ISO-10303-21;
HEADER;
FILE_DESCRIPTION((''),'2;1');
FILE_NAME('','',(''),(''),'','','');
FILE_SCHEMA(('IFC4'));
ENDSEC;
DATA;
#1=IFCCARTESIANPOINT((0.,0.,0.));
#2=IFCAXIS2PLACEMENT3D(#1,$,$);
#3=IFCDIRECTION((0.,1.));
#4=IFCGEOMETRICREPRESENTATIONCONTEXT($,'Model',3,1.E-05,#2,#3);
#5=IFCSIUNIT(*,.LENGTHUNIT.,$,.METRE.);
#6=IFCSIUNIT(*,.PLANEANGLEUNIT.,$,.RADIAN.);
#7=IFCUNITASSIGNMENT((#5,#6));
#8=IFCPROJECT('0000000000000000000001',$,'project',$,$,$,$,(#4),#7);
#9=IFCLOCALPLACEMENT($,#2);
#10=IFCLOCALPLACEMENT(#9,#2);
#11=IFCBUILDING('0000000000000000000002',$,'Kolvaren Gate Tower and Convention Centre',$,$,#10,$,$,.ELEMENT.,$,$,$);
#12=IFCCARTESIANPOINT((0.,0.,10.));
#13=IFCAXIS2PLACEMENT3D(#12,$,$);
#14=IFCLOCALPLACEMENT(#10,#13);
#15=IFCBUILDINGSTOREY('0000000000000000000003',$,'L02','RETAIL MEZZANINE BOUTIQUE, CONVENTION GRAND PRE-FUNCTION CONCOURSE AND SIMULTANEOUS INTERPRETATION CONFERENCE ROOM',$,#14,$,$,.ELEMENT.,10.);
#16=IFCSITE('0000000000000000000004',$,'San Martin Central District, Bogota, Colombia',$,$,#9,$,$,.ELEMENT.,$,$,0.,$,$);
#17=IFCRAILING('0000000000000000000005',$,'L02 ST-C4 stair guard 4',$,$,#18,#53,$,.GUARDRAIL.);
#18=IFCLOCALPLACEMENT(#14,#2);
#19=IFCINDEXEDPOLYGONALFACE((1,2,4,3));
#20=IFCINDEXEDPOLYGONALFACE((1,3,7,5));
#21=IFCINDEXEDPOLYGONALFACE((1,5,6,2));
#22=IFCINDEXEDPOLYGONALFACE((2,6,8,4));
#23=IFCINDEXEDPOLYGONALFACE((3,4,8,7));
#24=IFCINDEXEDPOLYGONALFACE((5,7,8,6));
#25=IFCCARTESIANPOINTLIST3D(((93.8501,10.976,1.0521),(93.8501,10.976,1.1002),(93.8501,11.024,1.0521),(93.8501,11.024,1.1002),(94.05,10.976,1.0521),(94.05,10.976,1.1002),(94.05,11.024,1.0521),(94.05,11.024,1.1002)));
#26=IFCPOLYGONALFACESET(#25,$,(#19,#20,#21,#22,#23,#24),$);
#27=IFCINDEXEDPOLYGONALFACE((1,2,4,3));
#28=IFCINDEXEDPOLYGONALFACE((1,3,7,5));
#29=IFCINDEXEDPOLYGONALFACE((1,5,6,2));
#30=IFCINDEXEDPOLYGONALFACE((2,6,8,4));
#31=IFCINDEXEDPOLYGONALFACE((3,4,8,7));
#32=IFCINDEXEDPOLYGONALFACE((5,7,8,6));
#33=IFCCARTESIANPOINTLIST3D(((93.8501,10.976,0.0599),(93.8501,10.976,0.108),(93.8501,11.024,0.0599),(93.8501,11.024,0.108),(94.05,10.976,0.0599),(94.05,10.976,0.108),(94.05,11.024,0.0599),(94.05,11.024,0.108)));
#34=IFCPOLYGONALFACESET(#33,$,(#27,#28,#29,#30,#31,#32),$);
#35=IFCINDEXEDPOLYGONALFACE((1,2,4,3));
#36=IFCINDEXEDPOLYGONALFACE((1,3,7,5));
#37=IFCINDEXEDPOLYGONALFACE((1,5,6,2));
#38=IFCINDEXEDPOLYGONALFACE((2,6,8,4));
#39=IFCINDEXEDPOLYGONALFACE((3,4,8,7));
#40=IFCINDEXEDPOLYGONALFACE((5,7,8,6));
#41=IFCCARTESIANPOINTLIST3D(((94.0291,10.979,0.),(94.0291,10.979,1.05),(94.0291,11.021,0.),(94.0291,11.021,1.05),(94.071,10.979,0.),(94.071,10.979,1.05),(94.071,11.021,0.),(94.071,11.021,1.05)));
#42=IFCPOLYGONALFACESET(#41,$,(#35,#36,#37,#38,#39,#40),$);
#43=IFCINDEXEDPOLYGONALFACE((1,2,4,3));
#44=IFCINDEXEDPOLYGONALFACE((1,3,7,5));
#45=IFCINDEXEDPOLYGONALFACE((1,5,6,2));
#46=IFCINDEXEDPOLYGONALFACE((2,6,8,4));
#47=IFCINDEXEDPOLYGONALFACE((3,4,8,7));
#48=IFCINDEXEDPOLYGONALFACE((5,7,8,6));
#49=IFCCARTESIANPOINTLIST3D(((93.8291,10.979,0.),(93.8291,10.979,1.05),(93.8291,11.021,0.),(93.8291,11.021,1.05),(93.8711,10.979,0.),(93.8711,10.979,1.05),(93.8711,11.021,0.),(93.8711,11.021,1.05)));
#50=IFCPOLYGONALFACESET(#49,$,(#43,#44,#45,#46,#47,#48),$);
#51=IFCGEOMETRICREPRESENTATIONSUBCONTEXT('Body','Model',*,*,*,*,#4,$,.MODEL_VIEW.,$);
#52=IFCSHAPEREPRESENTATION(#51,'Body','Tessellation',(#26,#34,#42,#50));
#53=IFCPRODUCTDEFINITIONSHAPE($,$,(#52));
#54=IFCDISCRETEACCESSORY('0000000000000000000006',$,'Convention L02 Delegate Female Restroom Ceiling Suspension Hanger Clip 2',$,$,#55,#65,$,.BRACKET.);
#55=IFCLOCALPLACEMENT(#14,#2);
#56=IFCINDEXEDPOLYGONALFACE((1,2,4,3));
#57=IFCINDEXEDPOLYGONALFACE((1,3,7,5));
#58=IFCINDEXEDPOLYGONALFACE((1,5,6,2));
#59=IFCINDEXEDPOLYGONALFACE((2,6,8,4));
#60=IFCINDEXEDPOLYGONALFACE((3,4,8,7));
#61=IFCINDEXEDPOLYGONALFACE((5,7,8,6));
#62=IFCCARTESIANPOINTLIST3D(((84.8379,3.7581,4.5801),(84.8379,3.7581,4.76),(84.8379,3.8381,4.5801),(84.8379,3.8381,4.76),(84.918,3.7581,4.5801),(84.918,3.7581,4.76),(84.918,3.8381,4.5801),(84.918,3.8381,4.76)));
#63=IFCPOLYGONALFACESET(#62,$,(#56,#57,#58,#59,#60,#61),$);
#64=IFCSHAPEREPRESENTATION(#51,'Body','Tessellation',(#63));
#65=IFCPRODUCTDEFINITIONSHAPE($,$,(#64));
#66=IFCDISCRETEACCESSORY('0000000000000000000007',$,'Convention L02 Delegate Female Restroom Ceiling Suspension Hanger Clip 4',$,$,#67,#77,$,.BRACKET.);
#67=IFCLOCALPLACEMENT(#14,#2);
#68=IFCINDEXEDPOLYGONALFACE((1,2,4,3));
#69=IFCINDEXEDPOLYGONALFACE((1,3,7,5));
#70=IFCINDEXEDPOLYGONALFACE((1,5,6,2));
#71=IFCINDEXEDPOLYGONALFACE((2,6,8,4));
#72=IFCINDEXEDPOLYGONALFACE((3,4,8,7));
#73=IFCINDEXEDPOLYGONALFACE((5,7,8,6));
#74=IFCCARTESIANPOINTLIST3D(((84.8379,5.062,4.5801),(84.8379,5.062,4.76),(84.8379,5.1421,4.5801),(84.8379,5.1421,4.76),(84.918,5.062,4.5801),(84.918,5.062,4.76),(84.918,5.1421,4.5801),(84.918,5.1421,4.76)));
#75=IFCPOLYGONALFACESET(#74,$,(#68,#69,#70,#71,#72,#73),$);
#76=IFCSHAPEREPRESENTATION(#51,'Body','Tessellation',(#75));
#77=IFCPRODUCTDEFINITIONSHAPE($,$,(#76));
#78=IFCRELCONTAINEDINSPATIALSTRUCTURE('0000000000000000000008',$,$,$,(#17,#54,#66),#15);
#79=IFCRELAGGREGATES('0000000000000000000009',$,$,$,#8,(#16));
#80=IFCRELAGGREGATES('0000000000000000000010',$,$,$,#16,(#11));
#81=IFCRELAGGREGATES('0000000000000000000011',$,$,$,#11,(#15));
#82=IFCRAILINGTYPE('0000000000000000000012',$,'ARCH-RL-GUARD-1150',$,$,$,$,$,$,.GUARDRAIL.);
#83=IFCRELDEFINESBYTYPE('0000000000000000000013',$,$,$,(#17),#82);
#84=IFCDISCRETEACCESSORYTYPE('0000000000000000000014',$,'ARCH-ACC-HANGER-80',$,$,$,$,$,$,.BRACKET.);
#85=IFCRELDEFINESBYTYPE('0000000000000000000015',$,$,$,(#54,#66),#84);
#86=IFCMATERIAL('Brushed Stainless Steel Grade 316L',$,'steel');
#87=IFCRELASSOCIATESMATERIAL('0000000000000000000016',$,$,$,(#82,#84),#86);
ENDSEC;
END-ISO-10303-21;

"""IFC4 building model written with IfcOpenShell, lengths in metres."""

from ifc_helpers import new_model, si_unit, direction, frame, origin, origin_2d, place, context, subcontext, project, spatial, rectangle, extrude, material, type_object, element, save


model = new_model("IFC4")

# Units and contexts
model_context = context("Model", 3, precision=1e-05, world=origin(), true_north=direction((0.0, 1.0)))
body_context = subcontext(model_context, "Body", "Model", "MODEL_VIEW")
ifc_project = project(units=[si_unit("LENGTHUNIT", "METRE"), si_unit("PLANEANGLEUNIT", "RADIAN")], contexts=[model_context])

# Site, building, storey
site_placement = place(None, origin())
site = spatial("IfcSite", under=ifc_project, at=site_placement, Name="San Martin Central District, Bogota, Colombia", CompositionType="ELEMENT", RefElevation=0.0)
building_placement = place(site_placement, origin())
building = spatial("IfcBuilding", under=site, at=building_placement, Name="Kolvaren Gate Tower and Convention Centre", CompositionType="ELEMENT")
storey_placement = place(building_placement, frame((0.0, 0.0, 10.0)))
storey = spatial("IfcBuildingStorey", under=building, at=storey_placement, Name="L02", Description="RETAIL MEZZANINE BOUTIQUE, CONVENTION GRAND PRE-FUNCTION CONCOURSE AND SIMULTANEOUS INTERPRETATION CONFERENCE ROOM", CompositionType="ELEMENT", Elevation=10.0)

# Railing
ifc_material_1 = material(Name="Brushed Stainless Steel Grade 316L", Category="steel")
railing_type = type_object("IfcRailingType", Name="ARCH-RL-GUARD-1150", PredefinedType="GUARDRAIL", material=ifc_material_1)
railing_placement = place(storey_placement, frame((94.05, 11.0, 0.0)))
element("IfcRailing", 1, at=railing_placement, inside=storey, type_object=railing_type, Name="L02 ST-C4 stair guard 4", PredefinedType="GUARDRAIL", context=body_context, shape_type="SweptSolid", body=[
    extrude(rectangle(XDim=0.0481, YDim=0.0481, at=origin_2d()), frame((0.0, 0.0, 1.0762), z_axis=(-1.0, 0.0, 0.0), x_axis=(0.0, -1.0, 0.0)), (0.0, 0.0, 1.0), 0.2),
    extrude(rectangle(XDim=0.0481, YDim=0.0481, at=origin_2d()), frame((0.0, 0.0, 0.084), z_axis=(-1.0, 0.0, 0.0), x_axis=(0.0, -1.0, 0.0)), (0.0, 0.0, 1.0), 0.2),
    extrude(rectangle(XDim=0.042, YDim=0.042, at=origin_2d()), origin(), (0.0, 0.0, 1.0), 1.05),
    extrude(rectangle(XDim=0.042, YDim=0.042, at=origin_2d()), frame((-0.2, 0.0, 0.0)), (0.0, 0.0, 1.0), 1.05),
])

# Discrete accessories
discrete_accessory_type = type_object("IfcDiscreteAccessoryType", Name="ARCH-ACC-HANGER-80", PredefinedType="BRACKET", material=ifc_material_1)
for number, where, z_axis, x_axis, name in (
    (2, (84.8779, 3.7981, 4.5801), (0.0, 0.0, 1.0), (1.0, 0.0, 0.0), "Convention L02 Delegate Female Restroom Ceiling Suspension Hanger Clip 2"),
    (3, (84.8779, 5.1021, 4.5801), (0.0, 0.0, 1.0), (1.0, 0.0, 0.0), "Convention L02 Delegate Female Restroom Ceiling Suspension Hanger Clip 4"),
):
    element("IfcDiscreteAccessory", number, at=place(storey_placement, frame(where, z_axis=z_axis, x_axis=x_axis)), inside=storey, type_object=discrete_accessory_type, Name=name, PredefinedType="BRACKET", context=body_context, shape_type="SweptSolid", body=[
        extrude(rectangle(XDim=0.0801, YDim=0.0801, at=origin_2d()), origin(), (0.0, 0.0, 1.0), 0.1799),
    ])

save(model, "model.ifc")
